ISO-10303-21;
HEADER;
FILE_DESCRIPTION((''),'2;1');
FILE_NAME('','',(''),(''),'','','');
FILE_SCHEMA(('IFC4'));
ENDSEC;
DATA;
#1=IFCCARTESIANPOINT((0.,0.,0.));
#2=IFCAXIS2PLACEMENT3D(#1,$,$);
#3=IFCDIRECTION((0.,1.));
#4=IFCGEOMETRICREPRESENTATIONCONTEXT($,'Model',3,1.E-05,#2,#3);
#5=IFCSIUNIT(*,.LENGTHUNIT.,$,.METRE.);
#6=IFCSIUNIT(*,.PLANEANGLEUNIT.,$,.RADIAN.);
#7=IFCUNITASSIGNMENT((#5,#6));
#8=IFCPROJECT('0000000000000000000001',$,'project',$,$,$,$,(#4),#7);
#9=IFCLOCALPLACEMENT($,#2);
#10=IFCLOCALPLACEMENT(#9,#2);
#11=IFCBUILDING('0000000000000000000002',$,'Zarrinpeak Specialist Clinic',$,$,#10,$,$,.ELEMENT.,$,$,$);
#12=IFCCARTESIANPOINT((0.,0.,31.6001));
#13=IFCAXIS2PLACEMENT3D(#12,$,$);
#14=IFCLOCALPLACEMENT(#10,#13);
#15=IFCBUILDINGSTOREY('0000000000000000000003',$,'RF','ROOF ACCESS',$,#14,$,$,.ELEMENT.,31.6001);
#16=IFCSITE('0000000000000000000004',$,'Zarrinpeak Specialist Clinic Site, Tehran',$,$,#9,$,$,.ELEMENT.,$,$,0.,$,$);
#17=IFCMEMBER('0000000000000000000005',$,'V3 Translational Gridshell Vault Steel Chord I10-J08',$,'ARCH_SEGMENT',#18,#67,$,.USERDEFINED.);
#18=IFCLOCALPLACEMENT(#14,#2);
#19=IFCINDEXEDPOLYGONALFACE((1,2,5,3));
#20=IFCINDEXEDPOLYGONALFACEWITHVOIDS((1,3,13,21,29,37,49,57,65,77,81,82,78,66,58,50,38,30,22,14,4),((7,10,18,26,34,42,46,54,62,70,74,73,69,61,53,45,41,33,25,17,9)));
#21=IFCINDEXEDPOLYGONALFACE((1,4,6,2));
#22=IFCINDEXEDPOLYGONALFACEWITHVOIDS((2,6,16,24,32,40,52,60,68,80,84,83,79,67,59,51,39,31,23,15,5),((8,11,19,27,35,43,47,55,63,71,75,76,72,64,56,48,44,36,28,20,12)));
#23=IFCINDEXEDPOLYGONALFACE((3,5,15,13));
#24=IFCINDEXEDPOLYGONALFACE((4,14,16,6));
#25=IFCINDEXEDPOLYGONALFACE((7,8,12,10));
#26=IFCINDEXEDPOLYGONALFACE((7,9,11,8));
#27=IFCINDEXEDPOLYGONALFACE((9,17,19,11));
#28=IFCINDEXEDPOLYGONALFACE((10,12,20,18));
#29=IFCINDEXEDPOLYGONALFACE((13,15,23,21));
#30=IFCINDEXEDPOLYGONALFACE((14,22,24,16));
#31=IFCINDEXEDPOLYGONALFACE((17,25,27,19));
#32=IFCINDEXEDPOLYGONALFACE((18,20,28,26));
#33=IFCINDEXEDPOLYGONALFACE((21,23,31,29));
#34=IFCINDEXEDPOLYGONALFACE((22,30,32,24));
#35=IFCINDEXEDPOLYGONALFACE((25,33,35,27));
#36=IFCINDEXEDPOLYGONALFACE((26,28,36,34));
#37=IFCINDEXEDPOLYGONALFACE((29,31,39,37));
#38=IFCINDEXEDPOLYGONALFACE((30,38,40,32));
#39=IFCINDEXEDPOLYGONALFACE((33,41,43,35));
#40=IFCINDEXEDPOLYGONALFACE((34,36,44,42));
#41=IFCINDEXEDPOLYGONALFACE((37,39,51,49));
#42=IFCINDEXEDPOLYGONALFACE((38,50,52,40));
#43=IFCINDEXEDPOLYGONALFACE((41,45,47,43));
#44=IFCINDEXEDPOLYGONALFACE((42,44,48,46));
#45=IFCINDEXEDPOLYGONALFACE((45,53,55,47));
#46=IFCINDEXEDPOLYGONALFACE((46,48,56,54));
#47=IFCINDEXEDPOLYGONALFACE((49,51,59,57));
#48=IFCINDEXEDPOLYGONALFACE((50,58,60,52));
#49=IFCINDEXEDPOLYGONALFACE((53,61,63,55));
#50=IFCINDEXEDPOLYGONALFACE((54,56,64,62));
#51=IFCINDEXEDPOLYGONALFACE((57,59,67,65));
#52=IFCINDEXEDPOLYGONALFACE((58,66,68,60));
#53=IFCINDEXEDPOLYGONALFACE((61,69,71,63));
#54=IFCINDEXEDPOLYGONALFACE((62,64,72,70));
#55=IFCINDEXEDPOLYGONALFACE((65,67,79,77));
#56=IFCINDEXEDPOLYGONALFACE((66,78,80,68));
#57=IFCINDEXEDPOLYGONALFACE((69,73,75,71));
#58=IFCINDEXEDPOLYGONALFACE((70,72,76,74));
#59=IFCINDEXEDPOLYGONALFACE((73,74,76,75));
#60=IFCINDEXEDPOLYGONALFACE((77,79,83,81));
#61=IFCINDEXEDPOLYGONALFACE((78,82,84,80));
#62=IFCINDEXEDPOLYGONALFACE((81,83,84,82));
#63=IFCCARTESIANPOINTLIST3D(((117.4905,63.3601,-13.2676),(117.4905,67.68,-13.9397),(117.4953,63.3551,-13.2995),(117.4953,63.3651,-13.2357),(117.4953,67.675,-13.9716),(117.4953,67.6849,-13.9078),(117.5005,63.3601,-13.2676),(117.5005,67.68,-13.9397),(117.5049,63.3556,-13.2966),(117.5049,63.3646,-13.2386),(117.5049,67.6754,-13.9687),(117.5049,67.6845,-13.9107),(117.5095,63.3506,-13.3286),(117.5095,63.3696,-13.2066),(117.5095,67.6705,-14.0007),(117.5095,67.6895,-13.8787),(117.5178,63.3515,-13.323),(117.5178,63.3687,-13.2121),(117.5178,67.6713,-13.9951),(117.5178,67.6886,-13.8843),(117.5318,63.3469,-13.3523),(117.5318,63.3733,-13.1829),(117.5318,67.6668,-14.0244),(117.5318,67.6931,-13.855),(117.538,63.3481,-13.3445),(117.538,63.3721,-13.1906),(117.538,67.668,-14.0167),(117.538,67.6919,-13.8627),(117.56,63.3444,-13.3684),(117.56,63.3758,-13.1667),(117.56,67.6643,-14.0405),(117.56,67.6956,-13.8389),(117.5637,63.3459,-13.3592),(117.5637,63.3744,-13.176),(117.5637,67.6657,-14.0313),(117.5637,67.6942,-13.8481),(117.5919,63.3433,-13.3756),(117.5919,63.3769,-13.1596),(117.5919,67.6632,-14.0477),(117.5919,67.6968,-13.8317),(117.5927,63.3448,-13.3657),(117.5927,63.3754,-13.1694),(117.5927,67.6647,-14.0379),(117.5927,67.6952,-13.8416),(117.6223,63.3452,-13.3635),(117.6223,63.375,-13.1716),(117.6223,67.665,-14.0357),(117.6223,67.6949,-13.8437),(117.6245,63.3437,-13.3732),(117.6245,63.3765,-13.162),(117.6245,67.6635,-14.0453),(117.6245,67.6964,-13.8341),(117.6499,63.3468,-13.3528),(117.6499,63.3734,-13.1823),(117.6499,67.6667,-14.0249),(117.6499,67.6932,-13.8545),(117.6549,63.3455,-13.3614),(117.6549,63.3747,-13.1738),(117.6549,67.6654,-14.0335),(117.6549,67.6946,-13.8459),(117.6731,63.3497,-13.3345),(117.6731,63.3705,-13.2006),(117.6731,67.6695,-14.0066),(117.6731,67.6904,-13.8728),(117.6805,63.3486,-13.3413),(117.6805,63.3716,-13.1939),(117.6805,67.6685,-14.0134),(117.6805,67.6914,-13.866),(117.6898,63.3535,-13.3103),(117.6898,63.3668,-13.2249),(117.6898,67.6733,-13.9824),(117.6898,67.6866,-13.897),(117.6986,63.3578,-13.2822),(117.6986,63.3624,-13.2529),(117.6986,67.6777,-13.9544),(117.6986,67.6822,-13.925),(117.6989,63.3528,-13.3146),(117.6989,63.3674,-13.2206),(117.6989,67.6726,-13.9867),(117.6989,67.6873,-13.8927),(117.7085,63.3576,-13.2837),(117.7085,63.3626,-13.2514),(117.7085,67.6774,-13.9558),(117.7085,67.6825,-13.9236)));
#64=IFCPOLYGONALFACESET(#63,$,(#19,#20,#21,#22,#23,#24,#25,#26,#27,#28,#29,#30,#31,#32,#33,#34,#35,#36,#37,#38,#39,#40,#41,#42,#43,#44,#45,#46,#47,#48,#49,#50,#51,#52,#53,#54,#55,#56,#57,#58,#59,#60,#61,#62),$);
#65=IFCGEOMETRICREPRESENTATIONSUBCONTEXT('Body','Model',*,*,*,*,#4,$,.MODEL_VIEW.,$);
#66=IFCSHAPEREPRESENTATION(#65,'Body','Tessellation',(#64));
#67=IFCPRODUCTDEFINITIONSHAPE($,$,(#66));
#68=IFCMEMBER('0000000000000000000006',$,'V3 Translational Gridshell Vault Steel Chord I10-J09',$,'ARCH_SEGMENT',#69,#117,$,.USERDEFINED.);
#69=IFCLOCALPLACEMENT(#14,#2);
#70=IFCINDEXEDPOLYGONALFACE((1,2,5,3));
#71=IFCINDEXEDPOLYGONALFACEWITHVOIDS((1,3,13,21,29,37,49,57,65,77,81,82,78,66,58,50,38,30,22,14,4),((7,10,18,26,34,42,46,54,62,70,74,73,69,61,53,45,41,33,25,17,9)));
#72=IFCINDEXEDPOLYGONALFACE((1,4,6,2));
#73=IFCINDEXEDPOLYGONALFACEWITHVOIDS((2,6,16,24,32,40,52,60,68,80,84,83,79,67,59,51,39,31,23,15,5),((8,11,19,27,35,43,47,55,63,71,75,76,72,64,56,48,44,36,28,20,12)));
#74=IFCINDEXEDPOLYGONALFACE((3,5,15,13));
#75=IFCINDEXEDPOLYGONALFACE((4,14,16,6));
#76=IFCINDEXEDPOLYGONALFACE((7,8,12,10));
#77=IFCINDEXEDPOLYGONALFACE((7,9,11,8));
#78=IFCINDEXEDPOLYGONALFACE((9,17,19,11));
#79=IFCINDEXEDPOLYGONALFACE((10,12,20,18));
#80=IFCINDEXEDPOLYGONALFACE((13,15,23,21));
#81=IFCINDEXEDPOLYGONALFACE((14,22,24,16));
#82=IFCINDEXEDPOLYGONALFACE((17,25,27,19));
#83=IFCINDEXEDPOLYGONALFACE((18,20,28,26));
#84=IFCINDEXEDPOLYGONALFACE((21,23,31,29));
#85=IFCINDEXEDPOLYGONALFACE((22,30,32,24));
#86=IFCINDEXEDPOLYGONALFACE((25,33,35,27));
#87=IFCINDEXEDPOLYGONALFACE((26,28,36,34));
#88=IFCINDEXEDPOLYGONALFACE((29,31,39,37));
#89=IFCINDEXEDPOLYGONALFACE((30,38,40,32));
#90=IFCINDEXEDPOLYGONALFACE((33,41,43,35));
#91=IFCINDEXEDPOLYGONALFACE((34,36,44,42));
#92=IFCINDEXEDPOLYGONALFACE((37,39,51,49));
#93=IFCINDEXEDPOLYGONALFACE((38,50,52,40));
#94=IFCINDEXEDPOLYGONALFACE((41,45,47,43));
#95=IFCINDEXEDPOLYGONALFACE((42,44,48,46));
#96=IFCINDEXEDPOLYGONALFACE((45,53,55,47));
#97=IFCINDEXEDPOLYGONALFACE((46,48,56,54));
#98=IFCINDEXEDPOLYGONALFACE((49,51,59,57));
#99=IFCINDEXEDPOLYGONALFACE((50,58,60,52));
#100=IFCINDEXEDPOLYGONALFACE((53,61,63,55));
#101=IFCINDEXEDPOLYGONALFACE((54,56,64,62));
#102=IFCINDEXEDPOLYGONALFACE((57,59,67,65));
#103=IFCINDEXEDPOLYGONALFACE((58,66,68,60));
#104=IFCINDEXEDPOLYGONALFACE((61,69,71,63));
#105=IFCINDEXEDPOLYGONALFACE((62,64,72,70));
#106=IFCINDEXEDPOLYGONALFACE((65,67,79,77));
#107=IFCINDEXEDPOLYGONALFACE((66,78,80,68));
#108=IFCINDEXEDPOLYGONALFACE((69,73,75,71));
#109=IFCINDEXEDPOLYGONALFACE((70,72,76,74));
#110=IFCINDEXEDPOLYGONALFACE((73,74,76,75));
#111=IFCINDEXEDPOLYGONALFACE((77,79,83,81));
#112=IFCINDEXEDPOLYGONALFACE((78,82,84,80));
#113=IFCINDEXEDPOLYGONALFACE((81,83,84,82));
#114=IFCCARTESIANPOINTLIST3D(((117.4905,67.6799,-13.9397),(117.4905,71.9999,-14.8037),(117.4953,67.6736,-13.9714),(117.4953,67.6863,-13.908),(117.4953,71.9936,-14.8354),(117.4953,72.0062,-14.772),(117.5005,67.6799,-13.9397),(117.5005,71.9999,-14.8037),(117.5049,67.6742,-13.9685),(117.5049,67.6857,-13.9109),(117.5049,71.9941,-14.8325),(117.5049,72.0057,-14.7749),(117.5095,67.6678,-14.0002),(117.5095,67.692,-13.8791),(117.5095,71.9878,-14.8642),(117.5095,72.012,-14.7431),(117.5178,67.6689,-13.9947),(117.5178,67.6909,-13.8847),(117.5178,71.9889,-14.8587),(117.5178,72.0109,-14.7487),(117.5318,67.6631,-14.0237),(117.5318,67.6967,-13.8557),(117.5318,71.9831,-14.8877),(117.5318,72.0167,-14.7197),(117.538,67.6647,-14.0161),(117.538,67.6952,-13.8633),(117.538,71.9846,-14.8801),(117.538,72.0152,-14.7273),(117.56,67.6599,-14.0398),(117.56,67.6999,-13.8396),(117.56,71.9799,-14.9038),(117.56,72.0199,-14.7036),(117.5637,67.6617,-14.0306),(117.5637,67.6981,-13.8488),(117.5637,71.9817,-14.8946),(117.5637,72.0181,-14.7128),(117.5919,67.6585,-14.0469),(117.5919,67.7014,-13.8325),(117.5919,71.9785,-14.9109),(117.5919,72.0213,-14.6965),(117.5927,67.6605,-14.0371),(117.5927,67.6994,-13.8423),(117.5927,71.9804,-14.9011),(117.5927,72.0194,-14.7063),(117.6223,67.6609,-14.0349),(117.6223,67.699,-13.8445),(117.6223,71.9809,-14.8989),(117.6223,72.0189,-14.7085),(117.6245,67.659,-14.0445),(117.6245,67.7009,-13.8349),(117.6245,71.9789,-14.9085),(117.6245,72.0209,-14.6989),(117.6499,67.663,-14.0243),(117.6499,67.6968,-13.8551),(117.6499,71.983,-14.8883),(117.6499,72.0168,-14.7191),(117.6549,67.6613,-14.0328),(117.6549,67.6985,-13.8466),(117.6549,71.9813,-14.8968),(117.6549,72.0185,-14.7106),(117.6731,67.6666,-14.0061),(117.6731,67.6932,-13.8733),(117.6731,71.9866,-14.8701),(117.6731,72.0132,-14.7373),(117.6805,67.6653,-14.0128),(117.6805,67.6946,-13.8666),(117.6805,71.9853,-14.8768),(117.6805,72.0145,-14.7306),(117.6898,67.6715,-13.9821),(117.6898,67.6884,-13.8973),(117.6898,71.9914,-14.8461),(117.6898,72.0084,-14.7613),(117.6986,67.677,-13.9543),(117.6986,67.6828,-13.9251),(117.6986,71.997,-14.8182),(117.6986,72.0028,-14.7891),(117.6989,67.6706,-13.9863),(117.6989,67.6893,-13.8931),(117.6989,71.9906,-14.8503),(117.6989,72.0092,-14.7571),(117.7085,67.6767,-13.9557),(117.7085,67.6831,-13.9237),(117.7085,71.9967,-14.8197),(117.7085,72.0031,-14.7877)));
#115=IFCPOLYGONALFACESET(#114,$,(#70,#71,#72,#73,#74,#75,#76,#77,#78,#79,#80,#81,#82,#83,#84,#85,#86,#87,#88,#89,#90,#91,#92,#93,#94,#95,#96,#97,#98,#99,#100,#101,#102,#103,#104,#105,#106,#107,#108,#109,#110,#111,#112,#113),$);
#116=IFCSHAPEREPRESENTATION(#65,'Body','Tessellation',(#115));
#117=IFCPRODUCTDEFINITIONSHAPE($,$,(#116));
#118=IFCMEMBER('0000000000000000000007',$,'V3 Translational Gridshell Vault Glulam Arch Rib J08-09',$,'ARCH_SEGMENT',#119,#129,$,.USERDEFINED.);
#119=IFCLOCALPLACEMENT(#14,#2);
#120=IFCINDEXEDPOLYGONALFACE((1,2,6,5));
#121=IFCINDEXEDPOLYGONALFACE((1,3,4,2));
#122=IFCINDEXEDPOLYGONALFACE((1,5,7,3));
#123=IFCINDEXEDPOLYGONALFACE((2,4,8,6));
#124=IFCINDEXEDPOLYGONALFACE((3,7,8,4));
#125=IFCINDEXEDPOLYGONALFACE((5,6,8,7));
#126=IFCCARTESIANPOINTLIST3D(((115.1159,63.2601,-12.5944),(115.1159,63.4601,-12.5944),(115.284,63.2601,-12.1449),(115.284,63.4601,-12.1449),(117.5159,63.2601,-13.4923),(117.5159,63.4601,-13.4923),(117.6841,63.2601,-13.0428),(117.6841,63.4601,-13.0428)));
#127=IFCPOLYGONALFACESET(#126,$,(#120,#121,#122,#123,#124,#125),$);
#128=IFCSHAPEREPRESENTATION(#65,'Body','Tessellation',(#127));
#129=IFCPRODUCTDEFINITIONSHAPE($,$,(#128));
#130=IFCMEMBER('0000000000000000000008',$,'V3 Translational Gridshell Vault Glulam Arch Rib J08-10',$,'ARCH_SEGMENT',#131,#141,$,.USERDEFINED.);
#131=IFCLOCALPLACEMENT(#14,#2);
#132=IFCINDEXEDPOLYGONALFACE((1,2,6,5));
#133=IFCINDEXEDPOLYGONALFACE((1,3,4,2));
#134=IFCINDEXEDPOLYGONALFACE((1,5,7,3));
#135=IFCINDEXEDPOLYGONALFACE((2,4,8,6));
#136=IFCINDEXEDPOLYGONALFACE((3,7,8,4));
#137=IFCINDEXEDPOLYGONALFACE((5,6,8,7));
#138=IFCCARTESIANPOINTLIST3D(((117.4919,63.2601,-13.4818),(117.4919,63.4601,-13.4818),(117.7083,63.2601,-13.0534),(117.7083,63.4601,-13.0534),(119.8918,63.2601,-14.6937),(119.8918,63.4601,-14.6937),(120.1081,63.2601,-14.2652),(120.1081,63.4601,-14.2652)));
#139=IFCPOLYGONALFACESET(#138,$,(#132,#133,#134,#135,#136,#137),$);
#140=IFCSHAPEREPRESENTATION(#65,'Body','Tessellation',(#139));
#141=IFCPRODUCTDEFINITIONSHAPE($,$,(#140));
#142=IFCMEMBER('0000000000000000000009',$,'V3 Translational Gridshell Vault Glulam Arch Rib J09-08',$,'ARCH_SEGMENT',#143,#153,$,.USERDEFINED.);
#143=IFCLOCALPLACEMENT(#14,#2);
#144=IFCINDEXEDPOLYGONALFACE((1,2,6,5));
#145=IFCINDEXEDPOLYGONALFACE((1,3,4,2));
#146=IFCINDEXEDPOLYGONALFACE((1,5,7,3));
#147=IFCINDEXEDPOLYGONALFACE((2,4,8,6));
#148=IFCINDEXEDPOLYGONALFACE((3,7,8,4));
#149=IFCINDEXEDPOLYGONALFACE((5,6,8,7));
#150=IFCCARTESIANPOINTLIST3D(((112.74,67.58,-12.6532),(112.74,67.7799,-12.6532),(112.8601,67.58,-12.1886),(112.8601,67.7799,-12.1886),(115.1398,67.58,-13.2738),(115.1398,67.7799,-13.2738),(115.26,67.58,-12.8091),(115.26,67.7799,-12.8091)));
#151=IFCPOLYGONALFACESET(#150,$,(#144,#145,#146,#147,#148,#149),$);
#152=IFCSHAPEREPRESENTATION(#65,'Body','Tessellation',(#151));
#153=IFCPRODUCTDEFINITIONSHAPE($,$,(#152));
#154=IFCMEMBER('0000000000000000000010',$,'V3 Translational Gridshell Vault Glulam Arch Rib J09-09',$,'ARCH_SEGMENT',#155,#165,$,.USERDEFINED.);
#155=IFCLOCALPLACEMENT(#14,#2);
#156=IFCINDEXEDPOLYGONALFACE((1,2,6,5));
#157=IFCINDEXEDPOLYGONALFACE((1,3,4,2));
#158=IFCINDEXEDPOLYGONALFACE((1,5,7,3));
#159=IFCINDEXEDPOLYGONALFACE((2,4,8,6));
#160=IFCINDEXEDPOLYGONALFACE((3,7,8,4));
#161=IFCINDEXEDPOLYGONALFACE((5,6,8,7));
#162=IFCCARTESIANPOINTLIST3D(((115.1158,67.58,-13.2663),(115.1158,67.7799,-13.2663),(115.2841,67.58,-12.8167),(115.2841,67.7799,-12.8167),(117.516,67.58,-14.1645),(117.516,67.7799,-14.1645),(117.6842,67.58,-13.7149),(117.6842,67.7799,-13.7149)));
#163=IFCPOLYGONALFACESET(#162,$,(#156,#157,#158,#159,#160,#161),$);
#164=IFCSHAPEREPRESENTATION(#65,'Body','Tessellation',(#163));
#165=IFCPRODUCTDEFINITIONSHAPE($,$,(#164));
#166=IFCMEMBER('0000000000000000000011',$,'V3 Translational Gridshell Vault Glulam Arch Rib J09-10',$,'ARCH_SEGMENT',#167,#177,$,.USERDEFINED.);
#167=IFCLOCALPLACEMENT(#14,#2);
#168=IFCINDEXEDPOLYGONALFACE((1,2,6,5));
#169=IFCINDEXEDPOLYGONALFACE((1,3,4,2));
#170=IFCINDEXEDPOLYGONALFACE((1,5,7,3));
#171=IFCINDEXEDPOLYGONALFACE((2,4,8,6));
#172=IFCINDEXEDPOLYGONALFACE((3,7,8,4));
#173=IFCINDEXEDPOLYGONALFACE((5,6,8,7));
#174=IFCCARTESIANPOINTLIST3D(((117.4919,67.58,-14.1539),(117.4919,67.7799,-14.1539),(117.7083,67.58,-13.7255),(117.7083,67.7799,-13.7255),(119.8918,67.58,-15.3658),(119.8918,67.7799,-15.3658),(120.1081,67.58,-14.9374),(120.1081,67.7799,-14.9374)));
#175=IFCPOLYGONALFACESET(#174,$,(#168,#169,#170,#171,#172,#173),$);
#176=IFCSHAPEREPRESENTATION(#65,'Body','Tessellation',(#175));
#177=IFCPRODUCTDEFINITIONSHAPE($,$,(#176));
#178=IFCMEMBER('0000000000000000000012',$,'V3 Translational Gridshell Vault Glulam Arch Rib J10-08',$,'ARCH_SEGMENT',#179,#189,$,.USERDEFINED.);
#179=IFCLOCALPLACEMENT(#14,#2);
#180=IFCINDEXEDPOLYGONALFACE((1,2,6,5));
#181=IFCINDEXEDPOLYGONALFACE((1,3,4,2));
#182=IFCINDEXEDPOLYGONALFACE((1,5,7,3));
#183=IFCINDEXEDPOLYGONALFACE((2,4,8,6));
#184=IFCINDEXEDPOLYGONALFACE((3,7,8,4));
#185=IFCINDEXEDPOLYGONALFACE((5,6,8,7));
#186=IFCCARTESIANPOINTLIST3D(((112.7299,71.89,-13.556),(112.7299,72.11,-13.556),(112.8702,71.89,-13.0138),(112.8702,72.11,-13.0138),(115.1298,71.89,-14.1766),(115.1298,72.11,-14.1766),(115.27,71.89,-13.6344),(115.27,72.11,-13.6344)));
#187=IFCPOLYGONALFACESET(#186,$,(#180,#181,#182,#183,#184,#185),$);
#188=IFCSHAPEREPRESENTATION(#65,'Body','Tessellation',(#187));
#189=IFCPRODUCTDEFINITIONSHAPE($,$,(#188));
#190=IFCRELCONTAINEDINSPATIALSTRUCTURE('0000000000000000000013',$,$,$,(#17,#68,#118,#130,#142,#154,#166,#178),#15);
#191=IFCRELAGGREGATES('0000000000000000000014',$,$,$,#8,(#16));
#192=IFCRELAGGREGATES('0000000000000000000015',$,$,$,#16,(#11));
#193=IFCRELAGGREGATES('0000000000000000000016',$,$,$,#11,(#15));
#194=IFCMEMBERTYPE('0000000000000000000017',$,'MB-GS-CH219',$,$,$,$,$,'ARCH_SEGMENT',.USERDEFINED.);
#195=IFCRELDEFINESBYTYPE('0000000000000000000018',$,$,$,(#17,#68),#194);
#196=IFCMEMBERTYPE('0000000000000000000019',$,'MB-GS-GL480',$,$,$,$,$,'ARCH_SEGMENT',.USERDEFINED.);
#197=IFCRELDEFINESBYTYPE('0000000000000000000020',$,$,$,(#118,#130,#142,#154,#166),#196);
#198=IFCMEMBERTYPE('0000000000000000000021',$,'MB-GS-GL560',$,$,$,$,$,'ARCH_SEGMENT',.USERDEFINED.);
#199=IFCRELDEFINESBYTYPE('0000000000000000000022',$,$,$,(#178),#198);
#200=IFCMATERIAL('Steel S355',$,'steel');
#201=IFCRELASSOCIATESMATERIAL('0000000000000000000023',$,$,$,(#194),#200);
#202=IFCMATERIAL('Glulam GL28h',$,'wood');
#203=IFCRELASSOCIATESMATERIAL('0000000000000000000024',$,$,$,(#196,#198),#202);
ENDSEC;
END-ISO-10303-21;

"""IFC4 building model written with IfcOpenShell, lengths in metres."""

from ifc_helpers import new_model, si_unit, direction, frame, origin, origin_2d, place, context, subcontext, project, spatial, rectangle, hollow_circle, extrude, material, material_profile, profile_set, type_object, element, save


model = new_model("IFC4")

# Units and contexts
model_context = context("Model", 3, precision=1e-05, world=origin(), true_north=direction((0.0, 1.0)))
body_context = subcontext(model_context, "Body", "Model", "MODEL_VIEW")
ifc_project = project(units=[si_unit("LENGTHUNIT", "METRE"), si_unit("PLANEANGLEUNIT", "RADIAN")], contexts=[model_context])

# Site, building, storey
site_placement = place(None, origin())
site = spatial("IfcSite", under=ifc_project, at=site_placement, Name="Zarrinpeak Specialist Clinic Site, Tehran", CompositionType="ELEMENT", RefElevation=0.0)
building_placement = place(site_placement, origin())
building = spatial("IfcBuilding", under=site, at=building_placement, Name="Zarrinpeak Specialist Clinic", CompositionType="ELEMENT")
storey_placement = place(building_placement, frame((0.0, 0.0, 31.6001)))
storey = spatial("IfcBuildingStorey", under=building, at=storey_placement, Name="RF", Description="ROOF ACCESS", CompositionType="ELEMENT", Elevation=31.6001)

# Members
ifc_material_1 = material(Name="Steel S355", Category="steel")
ifc_material_profile_1 = material_profile(ifc_material_1, hollow_circle(Radius=0.1096, WallThickness=0.01, at=origin_2d()), Name="CHS 219.1x10.0")
ifc_profile_set_1 = profile_set([ifc_material_profile_1], Name="Steel S355")
member_type_1 = type_object("IfcMemberType", Name="MB-GS-CH219", ElementType="ARCH_SEGMENT", PredefinedType="USERDEFINED", material=ifc_profile_set_1)
member_1_placement = place(storey_placement, frame((117.6001, 63.3601, -13.2676), z_axis=(0.0, 0.988111, -0.15374), x_axis=(-1.0, 0.0, 0.0)))
element("IfcMember", 1, at=member_1_placement, inside=storey, type_object=member_type_1, Name="V3 Translational Gridshell Vault Steel Chord I10-J08", ObjectType="ARCH_SEGMENT", PredefinedType="USERDEFINED", context=body_context, shape_type="SweptSolid", body=[
    extrude(hollow_circle(Radius=0.1096, WallThickness=0.01, at=origin_2d()), origin(), (0.0, 0.0, 1.0), 4.3718),
])
member_2_placement = place(storey_placement, frame((117.6001, 67.6799, -13.9397), z_axis=(0.0, 0.980581, -0.196116), x_axis=(-1.0, 0.0, 0.0)))
element("IfcMember", 2, at=member_2_placement, inside=storey, type_object=member_type_1, Name="V3 Translational Gridshell Vault Steel Chord I10-J09", ObjectType="ARCH_SEGMENT", PredefinedType="USERDEFINED", context=body_context, shape_type="SweptSolid", body=[
    extrude(hollow_circle(Radius=0.1096, WallThickness=0.01, at=origin_2d()), origin(), (0.0, 0.0, 1.0), 4.4055),
])
ifc_material_2 = material(Name="Glulam GL28h", Category="wood")
ifc_material_profile_2 = material_profile(ifc_material_2, rectangle(XDim=0.2, YDim=0.48, at=origin_2d()), Name="GL28h 200x480")
ifc_profile_set_2 = profile_set([ifc_material_profile_2], Name="Glulam GL28h")
member_type_2 = type_object("IfcMemberType", Name="MB-GS-GL480", ElementType="ARCH_SEGMENT", PredefinedType="USERDEFINED", material=ifc_profile_set_2)
member_3_placement = place(storey_placement, frame((115.2, 63.3601, -12.3696), z_axis=(0.936599, 0.0, -0.350403), x_axis=(0.0, 1.0, 0.0)))
element("IfcMember", 3, at=member_3_placement, inside=storey, type_object=member_type_2, Name="V3 Translational Gridshell Vault Glulam Arch Rib J08-09", ObjectType="ARCH_SEGMENT", PredefinedType="USERDEFINED", context=body_context, shape_type="SweptSolid", body=[
    extrude(rectangle(XDim=0.2, YDim=0.48, at=origin_2d()), origin(), (0.0, 0.0, 1.0), 2.5625),
])
member_4_placement = place(storey_placement, frame((117.6001, 63.3601, -13.2676), z_axis=(0.89264, 0.0, -0.45077), x_axis=(0.0, 1.0, 0.0)))
element("IfcMember", 4, at=member_4_placement, inside=storey, type_object=member_type_2, Name="V3 Translational Gridshell Vault Glulam Arch Rib J08-10", ObjectType="ARCH_SEGMENT", PredefinedType="USERDEFINED", context=body_context, shape_type="SweptSolid", body=[
    extrude(rectangle(XDim=0.2, YDim=0.48, at=origin_2d()), origin(), (0.0, 0.0, 1.0), 2.6885),
])
member_5_placement = place(storey_placement, frame((112.8, 67.6799, -12.4209), z_axis=(0.968153, 0.0, -0.250361), x_axis=(0.0, 1.0, 0.0)))
element("IfcMember", 5, at=member_5_placement, inside=storey, type_object=member_type_2, Name="V3 Translational Gridshell Vault Glulam Arch Rib J09-08", ObjectType="ARCH_SEGMENT", PredefinedType="USERDEFINED", context=body_context, shape_type="SweptSolid", body=[
    extrude(rectangle(XDim=0.2, YDim=0.48, at=origin_2d()), origin(), (0.0, 0.0, 1.0), 2.4788),
])
member_6_placement = place(storey_placement, frame((115.2, 67.6799, -13.0415), z_axis=(0.936568, 0.0, -0.350487), x_axis=(0.0, 1.0, 0.0)))
element("IfcMember", 6, at=member_6_placement, inside=storey, type_object=member_type_2, Name="V3 Translational Gridshell Vault Glulam Arch Rib J09-09", ObjectType="ARCH_SEGMENT", PredefinedType="USERDEFINED", context=body_context, shape_type="SweptSolid", body=[
    extrude(rectangle(XDim=0.2, YDim=0.48, at=origin_2d()), origin(), (0.0, 0.0, 1.0), 2.5627),
])
member_7_placement = place(storey_placement, frame((117.6001, 67.6799, -13.9397), z_axis=(0.89264, 0.0, -0.45077), x_axis=(0.0, 1.0, 0.0)))
element("IfcMember", 7, at=member_7_placement, inside=storey, type_object=member_type_2, Name="V3 Translational Gridshell Vault Glulam Arch Rib J09-10", ObjectType="ARCH_SEGMENT", PredefinedType="USERDEFINED", context=body_context, shape_type="SweptSolid", body=[
    extrude(rectangle(XDim=0.2, YDim=0.48, at=origin_2d()), origin(), (0.0, 0.0, 1.0), 2.6885),
])
ifc_material_profile_3 = material_profile(ifc_material_2, rectangle(XDim=0.22, YDim=0.5601, at=origin_2d()), Name="GL28h 220x560")
ifc_profile_set_3 = profile_set([ifc_material_profile_3], Name="Glulam GL28h")
member_type_3 = type_object("IfcMemberType", Name="MB-GS-GL560", ElementType="ARCH_SEGMENT", PredefinedType="USERDEFINED", material=ifc_profile_set_3)
member_8_placement = place(storey_placement, frame((112.8, 72.0, -13.2849), z_axis=(0.968153, 0.0, -0.250361), x_axis=(0.0, 1.0, 0.0)))
element("IfcMember", 8, at=member_8_placement, inside=storey, type_object=member_type_3, Name="V3 Translational Gridshell Vault Glulam Arch Rib J10-08", ObjectType="ARCH_SEGMENT", PredefinedType="USERDEFINED", context=body_context, shape_type="SweptSolid", body=[
    extrude(rectangle(XDim=0.22, YDim=0.5601, at=origin_2d()), origin(), (0.0, 0.0, 1.0), 2.4788),
])

save(model, "model.ifc")
